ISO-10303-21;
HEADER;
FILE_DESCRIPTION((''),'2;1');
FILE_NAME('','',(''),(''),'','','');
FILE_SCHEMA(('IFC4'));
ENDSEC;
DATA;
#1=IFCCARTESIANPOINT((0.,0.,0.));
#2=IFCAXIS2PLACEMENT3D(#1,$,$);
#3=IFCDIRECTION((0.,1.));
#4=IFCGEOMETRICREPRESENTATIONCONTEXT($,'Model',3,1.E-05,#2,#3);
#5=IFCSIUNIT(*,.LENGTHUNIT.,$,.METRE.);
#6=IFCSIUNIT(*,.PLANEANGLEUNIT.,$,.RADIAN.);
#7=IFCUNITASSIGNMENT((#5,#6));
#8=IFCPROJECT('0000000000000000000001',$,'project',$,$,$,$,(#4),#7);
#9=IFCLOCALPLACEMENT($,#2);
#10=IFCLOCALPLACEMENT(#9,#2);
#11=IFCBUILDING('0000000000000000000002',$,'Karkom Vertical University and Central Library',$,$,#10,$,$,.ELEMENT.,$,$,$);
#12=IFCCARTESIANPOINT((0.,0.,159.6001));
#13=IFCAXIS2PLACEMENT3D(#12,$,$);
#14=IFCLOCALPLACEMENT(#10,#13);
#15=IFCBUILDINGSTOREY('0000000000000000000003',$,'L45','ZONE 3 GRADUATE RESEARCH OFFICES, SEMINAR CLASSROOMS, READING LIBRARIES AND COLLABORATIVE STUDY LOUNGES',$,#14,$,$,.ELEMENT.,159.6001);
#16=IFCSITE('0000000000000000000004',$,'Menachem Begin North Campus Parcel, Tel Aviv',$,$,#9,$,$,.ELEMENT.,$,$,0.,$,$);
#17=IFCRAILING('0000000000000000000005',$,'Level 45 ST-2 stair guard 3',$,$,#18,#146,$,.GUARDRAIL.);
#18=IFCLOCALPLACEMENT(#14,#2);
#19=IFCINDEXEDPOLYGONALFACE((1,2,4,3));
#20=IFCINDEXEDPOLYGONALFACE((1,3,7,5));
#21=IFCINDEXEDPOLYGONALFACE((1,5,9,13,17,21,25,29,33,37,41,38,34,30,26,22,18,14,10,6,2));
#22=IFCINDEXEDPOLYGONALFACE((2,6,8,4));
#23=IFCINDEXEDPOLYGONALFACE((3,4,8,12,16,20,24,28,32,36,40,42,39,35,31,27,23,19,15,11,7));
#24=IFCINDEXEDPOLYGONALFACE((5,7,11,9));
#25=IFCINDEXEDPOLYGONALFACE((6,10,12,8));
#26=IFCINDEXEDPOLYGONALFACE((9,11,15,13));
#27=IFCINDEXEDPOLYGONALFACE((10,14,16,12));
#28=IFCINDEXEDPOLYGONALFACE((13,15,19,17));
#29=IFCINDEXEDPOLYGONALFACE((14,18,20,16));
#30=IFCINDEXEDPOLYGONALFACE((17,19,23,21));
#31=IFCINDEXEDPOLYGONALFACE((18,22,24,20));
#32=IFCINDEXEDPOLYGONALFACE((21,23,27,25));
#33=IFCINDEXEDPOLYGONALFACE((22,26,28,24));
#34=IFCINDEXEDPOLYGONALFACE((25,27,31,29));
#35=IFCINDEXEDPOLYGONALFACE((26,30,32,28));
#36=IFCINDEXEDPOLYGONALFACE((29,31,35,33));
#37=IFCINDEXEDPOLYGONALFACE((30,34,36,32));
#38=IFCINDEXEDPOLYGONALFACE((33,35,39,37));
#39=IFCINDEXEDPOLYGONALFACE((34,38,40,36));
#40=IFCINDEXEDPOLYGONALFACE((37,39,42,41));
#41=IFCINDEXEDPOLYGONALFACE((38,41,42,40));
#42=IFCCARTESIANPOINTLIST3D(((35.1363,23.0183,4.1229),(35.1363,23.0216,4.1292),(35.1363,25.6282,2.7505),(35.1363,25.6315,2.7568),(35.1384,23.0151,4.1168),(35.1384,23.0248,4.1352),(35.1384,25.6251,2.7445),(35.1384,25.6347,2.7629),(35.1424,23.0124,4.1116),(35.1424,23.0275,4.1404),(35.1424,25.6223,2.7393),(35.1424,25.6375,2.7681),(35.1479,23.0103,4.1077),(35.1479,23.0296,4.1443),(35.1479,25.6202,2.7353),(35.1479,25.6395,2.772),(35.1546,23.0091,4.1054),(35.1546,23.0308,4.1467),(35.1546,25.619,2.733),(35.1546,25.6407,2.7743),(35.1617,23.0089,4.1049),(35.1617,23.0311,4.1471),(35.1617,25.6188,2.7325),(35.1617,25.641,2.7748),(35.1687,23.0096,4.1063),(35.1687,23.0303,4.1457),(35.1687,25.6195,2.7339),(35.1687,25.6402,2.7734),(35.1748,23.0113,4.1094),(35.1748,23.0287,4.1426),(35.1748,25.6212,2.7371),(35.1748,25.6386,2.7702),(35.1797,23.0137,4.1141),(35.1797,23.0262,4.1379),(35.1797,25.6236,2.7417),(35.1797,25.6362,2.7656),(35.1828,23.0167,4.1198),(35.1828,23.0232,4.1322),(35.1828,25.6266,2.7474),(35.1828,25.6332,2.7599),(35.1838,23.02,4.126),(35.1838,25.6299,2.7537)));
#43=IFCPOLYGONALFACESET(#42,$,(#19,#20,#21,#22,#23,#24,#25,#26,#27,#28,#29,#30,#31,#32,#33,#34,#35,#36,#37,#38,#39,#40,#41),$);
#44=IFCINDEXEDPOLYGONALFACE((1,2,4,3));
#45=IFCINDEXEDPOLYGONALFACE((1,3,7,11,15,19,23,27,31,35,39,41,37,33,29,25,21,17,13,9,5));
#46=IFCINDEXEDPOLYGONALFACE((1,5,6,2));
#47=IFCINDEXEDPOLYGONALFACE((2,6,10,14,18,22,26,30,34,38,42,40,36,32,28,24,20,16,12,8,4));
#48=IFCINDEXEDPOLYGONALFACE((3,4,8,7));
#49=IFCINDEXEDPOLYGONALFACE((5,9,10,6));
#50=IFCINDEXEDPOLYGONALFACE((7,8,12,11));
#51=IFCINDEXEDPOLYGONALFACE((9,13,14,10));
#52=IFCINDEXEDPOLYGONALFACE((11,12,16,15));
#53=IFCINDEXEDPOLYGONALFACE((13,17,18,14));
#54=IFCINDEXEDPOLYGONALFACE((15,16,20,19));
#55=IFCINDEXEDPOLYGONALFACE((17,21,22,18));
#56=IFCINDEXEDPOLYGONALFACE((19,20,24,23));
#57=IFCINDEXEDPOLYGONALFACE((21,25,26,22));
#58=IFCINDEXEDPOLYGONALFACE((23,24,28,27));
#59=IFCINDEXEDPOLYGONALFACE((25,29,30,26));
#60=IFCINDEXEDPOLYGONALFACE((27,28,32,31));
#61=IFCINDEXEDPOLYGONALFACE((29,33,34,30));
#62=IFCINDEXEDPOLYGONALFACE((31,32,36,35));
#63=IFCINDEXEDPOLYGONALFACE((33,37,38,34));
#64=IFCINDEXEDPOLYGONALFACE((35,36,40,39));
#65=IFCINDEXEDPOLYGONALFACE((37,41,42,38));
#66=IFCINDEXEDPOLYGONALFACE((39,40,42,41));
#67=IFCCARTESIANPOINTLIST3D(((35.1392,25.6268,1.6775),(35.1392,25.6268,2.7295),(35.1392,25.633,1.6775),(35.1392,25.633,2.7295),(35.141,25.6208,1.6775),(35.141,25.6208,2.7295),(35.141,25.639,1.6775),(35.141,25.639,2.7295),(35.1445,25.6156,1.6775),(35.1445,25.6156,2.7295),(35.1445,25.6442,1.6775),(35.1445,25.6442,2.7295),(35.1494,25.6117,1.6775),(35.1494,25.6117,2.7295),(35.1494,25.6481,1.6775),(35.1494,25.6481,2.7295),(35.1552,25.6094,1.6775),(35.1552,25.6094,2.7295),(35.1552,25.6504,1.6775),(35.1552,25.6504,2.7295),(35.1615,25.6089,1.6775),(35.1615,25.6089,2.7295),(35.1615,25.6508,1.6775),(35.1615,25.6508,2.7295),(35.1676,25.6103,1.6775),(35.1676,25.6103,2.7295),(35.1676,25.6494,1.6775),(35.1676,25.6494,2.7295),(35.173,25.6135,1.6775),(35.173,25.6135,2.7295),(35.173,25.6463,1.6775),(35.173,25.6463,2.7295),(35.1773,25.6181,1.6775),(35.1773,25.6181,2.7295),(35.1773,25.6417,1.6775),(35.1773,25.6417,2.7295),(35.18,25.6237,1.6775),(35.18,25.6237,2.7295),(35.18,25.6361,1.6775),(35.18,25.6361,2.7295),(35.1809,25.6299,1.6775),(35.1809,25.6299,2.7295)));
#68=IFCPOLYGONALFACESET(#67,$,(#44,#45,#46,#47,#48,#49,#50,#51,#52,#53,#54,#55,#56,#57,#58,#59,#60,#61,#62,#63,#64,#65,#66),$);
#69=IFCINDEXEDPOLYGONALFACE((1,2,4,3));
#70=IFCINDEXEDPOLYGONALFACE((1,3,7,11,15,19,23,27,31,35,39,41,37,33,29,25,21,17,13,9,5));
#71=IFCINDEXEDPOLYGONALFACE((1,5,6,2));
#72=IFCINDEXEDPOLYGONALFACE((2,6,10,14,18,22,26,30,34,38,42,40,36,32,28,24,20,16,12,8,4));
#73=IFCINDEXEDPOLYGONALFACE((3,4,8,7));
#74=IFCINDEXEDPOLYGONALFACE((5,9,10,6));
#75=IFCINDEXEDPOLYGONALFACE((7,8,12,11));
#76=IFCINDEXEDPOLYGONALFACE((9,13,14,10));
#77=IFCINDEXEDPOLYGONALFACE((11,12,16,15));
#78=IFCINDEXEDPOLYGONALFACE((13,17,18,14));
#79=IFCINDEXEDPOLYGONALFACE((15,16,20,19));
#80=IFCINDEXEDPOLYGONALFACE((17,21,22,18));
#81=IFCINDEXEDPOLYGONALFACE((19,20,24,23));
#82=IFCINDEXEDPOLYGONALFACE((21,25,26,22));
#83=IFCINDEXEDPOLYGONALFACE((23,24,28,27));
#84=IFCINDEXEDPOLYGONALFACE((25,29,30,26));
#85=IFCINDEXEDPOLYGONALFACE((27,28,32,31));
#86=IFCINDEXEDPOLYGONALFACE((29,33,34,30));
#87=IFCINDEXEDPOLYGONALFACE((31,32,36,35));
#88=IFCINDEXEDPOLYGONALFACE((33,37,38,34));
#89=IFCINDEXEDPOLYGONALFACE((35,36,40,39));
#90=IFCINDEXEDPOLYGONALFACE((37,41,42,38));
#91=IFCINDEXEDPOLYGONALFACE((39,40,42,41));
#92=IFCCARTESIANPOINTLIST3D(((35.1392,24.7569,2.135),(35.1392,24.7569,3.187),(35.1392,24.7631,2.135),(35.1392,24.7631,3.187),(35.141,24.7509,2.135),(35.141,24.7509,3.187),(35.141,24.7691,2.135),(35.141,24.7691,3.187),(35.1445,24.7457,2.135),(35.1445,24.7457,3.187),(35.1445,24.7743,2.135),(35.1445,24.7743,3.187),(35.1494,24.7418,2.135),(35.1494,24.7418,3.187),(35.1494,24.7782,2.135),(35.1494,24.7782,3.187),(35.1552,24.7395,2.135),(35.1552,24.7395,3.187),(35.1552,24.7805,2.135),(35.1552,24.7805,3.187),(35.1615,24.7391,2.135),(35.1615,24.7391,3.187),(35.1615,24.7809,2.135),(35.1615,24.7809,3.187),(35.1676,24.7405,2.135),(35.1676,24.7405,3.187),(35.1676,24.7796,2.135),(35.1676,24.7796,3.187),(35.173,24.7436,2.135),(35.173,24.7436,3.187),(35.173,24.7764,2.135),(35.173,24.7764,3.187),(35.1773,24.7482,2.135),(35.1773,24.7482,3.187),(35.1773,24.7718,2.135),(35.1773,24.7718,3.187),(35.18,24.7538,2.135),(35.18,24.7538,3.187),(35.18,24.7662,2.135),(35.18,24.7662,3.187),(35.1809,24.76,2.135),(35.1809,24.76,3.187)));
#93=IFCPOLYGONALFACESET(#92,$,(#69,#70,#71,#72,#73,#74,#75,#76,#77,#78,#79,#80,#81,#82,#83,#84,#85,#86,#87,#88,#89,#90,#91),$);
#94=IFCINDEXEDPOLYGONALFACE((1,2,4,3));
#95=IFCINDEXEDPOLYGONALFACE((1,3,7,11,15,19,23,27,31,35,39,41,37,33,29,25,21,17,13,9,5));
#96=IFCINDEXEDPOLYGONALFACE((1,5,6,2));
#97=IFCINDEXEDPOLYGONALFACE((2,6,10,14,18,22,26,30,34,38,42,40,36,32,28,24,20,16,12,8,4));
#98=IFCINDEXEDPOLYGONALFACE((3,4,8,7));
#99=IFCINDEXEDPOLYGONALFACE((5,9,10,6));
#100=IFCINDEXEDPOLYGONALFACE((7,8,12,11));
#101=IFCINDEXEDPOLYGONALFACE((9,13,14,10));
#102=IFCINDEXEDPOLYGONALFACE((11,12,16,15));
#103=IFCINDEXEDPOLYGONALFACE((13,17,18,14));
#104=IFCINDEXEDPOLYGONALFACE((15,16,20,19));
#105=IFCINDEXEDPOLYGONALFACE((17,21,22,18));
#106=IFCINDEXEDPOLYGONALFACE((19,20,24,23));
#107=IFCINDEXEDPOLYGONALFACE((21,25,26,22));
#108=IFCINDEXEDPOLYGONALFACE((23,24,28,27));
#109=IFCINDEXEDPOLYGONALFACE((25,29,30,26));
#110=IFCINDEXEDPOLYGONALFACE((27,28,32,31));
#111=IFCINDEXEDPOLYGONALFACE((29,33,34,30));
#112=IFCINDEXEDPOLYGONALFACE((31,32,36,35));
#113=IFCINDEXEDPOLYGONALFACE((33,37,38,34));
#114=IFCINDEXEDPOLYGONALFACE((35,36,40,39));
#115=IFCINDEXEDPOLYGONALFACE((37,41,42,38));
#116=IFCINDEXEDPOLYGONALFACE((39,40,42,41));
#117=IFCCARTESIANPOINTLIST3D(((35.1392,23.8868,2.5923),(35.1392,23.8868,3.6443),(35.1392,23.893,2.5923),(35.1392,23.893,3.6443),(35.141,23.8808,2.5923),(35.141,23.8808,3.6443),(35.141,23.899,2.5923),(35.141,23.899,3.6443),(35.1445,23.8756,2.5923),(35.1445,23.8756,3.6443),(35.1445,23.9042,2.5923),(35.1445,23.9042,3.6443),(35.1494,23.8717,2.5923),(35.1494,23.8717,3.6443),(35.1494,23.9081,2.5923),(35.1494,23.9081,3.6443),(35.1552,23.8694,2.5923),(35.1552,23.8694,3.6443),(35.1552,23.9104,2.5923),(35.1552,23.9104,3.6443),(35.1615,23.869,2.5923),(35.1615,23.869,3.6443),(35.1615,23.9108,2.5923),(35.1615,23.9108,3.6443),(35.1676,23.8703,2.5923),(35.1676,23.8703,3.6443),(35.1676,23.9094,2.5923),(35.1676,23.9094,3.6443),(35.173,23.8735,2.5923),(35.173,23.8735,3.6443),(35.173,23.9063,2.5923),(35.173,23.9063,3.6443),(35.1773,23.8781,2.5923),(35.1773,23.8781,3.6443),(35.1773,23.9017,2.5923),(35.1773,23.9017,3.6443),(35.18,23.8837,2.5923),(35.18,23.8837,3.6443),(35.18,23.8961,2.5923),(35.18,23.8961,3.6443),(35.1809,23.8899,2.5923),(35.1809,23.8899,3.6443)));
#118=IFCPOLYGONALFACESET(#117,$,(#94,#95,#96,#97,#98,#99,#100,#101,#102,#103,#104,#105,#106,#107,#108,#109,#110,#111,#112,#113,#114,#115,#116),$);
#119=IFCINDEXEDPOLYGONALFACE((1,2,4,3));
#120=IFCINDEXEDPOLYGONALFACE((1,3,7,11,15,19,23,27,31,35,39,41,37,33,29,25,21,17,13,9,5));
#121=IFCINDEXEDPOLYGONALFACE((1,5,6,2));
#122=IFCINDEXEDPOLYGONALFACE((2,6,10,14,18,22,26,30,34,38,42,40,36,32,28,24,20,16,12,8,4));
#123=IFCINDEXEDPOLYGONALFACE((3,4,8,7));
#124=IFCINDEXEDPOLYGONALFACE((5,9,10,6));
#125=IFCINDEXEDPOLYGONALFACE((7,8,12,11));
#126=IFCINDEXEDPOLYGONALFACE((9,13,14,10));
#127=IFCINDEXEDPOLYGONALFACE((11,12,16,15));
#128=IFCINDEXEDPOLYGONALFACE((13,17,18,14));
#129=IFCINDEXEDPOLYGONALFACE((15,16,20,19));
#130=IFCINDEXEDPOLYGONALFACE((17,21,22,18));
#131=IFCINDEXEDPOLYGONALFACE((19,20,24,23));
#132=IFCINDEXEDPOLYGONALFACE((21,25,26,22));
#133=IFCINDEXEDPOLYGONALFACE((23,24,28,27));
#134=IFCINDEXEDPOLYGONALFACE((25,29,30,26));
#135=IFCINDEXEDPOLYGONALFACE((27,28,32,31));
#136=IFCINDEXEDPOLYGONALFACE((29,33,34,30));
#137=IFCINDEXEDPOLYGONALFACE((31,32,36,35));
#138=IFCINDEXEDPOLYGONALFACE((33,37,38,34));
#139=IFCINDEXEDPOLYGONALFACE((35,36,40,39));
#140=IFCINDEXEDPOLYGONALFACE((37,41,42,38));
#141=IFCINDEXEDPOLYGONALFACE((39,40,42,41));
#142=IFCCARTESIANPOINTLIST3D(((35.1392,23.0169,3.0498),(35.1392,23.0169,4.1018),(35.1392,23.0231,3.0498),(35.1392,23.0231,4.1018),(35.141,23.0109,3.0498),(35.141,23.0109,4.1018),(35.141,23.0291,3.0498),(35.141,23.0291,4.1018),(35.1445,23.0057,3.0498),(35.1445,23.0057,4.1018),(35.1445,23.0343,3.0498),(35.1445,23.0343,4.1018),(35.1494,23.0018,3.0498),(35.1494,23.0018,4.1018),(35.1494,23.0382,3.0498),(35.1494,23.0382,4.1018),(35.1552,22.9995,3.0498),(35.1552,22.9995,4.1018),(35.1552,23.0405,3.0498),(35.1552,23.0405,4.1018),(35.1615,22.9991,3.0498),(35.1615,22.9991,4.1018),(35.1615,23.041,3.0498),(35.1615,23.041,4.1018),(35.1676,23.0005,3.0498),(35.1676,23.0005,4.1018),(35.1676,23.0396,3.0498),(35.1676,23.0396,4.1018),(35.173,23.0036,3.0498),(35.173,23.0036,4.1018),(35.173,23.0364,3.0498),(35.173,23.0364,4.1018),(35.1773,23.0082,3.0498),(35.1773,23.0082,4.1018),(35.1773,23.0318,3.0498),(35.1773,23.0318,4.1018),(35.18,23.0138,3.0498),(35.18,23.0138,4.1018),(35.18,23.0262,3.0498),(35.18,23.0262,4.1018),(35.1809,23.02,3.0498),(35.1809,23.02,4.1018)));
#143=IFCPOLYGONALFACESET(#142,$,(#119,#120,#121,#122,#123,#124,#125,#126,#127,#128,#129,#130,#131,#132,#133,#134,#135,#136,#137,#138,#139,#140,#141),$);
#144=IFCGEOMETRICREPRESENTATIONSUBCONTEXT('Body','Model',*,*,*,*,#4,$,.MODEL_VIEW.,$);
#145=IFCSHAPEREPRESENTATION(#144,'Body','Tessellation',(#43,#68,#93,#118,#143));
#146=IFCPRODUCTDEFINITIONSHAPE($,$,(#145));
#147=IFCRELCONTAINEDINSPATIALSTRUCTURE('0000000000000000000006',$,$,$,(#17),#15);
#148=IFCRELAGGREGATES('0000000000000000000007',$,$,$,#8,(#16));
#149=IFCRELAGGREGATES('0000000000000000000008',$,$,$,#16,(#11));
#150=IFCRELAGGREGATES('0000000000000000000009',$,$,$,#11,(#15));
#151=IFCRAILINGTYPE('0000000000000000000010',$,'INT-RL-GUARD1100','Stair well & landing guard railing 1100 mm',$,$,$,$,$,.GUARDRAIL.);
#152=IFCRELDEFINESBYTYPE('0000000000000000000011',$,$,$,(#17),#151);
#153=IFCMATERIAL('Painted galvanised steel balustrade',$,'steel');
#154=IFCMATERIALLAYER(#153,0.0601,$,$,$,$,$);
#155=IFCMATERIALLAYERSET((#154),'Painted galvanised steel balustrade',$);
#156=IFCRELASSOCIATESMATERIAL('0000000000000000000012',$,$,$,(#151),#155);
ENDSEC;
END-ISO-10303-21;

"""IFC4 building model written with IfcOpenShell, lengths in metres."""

from ifc_helpers import new_model, si_unit, direction, frame, origin, origin_2d, place, context, subcontext, project, spatial, circle, extrude, material, layer, layer_set, type_object, element, save


model = new_model("IFC4")

# Units and contexts
model_context = context("Model", 3, precision=1e-05, world=origin(), true_north=direction((0.0, 1.0)))
body_context = subcontext(model_context, "Body", "Model", "MODEL_VIEW")
ifc_project = project(units=[si_unit("LENGTHUNIT", "METRE"), si_unit("PLANEANGLEUNIT", "RADIAN")], contexts=[model_context])

# Site, building, storey
site_placement = place(None, origin())
site = spatial("IfcSite", under=ifc_project, at=site_placement, Name="Menachem Begin North Campus Parcel, Tel Aviv", CompositionType="ELEMENT", RefElevation=0.0)
building_placement = place(site_placement, origin())
building = spatial("IfcBuilding", under=site, at=building_placement, Name="Karkom Vertical University and Central Library", CompositionType="ELEMENT")
storey_placement = place(building_placement, frame((0.0, 0.0, 159.6001)))
storey = spatial("IfcBuildingStorey", under=building, at=storey_placement, Name="L45", Description="ZONE 3 GRADUATE RESEARCH OFFICES, SEMINAR CLASSROOMS, READING LIBRARIES AND COLLABORATIVE STUDY LOUNGES", CompositionType="ELEMENT", Elevation=159.6001)

# Railing
ifc_material_1 = material(Name="Painted galvanised steel balustrade", Category="steel")
ifc_layer_1 = layer(ifc_material_1, 0.0601)
ifc_layer_set_1 = layer_set([ifc_layer_1], Name="Painted galvanised steel balustrade")
railing_type_1 = type_object("IfcRailingType", Name="INT-RL-GUARD1100", Description="Stair well & landing guard railing 1100 mm", PredefinedType="GUARDRAIL", material=ifc_layer_set_1)
railing_1_placement = place(storey_placement, frame((35.1599, 25.6299, 1.6775)))
element("IfcRailing", 1, at=railing_1_placement, inside=storey, type_object=railing_type_1, Name="Level 45 ST-2 stair guard 3", PredefinedType="GUARDRAIL", context=body_context, shape_type="SweptSolid", body=[
    extrude(circle(Radius=0.0239, at=origin_2d()), frame((0.0, 0.0, 1.0762), z_axis=(0.0, -0.8851, 0.465402), x_axis=(1.0, 0.0, 0.0)), (0.0, 0.0, 1.0), 2.9487),
    extrude(circle(Radius=0.021, at=origin_2d()), origin(), (0.0, 0.0, 1.0), 1.052),
    extrude(circle(Radius=0.021, at=origin_2d()), frame((0.0, -0.8699, 0.4575)), (0.0, 0.0, 1.0), 1.052),
    extrude(circle(Radius=0.021, at=origin_2d()), frame((0.0, -1.74, 0.9148)), (0.0, 0.0, 1.0), 1.052),
    extrude(circle(Radius=0.021, at=origin_2d()), frame((0.0, -2.6099, 1.3723)), (0.0, 0.0, 1.0), 1.052),
])

save(model, "model.ifc")
